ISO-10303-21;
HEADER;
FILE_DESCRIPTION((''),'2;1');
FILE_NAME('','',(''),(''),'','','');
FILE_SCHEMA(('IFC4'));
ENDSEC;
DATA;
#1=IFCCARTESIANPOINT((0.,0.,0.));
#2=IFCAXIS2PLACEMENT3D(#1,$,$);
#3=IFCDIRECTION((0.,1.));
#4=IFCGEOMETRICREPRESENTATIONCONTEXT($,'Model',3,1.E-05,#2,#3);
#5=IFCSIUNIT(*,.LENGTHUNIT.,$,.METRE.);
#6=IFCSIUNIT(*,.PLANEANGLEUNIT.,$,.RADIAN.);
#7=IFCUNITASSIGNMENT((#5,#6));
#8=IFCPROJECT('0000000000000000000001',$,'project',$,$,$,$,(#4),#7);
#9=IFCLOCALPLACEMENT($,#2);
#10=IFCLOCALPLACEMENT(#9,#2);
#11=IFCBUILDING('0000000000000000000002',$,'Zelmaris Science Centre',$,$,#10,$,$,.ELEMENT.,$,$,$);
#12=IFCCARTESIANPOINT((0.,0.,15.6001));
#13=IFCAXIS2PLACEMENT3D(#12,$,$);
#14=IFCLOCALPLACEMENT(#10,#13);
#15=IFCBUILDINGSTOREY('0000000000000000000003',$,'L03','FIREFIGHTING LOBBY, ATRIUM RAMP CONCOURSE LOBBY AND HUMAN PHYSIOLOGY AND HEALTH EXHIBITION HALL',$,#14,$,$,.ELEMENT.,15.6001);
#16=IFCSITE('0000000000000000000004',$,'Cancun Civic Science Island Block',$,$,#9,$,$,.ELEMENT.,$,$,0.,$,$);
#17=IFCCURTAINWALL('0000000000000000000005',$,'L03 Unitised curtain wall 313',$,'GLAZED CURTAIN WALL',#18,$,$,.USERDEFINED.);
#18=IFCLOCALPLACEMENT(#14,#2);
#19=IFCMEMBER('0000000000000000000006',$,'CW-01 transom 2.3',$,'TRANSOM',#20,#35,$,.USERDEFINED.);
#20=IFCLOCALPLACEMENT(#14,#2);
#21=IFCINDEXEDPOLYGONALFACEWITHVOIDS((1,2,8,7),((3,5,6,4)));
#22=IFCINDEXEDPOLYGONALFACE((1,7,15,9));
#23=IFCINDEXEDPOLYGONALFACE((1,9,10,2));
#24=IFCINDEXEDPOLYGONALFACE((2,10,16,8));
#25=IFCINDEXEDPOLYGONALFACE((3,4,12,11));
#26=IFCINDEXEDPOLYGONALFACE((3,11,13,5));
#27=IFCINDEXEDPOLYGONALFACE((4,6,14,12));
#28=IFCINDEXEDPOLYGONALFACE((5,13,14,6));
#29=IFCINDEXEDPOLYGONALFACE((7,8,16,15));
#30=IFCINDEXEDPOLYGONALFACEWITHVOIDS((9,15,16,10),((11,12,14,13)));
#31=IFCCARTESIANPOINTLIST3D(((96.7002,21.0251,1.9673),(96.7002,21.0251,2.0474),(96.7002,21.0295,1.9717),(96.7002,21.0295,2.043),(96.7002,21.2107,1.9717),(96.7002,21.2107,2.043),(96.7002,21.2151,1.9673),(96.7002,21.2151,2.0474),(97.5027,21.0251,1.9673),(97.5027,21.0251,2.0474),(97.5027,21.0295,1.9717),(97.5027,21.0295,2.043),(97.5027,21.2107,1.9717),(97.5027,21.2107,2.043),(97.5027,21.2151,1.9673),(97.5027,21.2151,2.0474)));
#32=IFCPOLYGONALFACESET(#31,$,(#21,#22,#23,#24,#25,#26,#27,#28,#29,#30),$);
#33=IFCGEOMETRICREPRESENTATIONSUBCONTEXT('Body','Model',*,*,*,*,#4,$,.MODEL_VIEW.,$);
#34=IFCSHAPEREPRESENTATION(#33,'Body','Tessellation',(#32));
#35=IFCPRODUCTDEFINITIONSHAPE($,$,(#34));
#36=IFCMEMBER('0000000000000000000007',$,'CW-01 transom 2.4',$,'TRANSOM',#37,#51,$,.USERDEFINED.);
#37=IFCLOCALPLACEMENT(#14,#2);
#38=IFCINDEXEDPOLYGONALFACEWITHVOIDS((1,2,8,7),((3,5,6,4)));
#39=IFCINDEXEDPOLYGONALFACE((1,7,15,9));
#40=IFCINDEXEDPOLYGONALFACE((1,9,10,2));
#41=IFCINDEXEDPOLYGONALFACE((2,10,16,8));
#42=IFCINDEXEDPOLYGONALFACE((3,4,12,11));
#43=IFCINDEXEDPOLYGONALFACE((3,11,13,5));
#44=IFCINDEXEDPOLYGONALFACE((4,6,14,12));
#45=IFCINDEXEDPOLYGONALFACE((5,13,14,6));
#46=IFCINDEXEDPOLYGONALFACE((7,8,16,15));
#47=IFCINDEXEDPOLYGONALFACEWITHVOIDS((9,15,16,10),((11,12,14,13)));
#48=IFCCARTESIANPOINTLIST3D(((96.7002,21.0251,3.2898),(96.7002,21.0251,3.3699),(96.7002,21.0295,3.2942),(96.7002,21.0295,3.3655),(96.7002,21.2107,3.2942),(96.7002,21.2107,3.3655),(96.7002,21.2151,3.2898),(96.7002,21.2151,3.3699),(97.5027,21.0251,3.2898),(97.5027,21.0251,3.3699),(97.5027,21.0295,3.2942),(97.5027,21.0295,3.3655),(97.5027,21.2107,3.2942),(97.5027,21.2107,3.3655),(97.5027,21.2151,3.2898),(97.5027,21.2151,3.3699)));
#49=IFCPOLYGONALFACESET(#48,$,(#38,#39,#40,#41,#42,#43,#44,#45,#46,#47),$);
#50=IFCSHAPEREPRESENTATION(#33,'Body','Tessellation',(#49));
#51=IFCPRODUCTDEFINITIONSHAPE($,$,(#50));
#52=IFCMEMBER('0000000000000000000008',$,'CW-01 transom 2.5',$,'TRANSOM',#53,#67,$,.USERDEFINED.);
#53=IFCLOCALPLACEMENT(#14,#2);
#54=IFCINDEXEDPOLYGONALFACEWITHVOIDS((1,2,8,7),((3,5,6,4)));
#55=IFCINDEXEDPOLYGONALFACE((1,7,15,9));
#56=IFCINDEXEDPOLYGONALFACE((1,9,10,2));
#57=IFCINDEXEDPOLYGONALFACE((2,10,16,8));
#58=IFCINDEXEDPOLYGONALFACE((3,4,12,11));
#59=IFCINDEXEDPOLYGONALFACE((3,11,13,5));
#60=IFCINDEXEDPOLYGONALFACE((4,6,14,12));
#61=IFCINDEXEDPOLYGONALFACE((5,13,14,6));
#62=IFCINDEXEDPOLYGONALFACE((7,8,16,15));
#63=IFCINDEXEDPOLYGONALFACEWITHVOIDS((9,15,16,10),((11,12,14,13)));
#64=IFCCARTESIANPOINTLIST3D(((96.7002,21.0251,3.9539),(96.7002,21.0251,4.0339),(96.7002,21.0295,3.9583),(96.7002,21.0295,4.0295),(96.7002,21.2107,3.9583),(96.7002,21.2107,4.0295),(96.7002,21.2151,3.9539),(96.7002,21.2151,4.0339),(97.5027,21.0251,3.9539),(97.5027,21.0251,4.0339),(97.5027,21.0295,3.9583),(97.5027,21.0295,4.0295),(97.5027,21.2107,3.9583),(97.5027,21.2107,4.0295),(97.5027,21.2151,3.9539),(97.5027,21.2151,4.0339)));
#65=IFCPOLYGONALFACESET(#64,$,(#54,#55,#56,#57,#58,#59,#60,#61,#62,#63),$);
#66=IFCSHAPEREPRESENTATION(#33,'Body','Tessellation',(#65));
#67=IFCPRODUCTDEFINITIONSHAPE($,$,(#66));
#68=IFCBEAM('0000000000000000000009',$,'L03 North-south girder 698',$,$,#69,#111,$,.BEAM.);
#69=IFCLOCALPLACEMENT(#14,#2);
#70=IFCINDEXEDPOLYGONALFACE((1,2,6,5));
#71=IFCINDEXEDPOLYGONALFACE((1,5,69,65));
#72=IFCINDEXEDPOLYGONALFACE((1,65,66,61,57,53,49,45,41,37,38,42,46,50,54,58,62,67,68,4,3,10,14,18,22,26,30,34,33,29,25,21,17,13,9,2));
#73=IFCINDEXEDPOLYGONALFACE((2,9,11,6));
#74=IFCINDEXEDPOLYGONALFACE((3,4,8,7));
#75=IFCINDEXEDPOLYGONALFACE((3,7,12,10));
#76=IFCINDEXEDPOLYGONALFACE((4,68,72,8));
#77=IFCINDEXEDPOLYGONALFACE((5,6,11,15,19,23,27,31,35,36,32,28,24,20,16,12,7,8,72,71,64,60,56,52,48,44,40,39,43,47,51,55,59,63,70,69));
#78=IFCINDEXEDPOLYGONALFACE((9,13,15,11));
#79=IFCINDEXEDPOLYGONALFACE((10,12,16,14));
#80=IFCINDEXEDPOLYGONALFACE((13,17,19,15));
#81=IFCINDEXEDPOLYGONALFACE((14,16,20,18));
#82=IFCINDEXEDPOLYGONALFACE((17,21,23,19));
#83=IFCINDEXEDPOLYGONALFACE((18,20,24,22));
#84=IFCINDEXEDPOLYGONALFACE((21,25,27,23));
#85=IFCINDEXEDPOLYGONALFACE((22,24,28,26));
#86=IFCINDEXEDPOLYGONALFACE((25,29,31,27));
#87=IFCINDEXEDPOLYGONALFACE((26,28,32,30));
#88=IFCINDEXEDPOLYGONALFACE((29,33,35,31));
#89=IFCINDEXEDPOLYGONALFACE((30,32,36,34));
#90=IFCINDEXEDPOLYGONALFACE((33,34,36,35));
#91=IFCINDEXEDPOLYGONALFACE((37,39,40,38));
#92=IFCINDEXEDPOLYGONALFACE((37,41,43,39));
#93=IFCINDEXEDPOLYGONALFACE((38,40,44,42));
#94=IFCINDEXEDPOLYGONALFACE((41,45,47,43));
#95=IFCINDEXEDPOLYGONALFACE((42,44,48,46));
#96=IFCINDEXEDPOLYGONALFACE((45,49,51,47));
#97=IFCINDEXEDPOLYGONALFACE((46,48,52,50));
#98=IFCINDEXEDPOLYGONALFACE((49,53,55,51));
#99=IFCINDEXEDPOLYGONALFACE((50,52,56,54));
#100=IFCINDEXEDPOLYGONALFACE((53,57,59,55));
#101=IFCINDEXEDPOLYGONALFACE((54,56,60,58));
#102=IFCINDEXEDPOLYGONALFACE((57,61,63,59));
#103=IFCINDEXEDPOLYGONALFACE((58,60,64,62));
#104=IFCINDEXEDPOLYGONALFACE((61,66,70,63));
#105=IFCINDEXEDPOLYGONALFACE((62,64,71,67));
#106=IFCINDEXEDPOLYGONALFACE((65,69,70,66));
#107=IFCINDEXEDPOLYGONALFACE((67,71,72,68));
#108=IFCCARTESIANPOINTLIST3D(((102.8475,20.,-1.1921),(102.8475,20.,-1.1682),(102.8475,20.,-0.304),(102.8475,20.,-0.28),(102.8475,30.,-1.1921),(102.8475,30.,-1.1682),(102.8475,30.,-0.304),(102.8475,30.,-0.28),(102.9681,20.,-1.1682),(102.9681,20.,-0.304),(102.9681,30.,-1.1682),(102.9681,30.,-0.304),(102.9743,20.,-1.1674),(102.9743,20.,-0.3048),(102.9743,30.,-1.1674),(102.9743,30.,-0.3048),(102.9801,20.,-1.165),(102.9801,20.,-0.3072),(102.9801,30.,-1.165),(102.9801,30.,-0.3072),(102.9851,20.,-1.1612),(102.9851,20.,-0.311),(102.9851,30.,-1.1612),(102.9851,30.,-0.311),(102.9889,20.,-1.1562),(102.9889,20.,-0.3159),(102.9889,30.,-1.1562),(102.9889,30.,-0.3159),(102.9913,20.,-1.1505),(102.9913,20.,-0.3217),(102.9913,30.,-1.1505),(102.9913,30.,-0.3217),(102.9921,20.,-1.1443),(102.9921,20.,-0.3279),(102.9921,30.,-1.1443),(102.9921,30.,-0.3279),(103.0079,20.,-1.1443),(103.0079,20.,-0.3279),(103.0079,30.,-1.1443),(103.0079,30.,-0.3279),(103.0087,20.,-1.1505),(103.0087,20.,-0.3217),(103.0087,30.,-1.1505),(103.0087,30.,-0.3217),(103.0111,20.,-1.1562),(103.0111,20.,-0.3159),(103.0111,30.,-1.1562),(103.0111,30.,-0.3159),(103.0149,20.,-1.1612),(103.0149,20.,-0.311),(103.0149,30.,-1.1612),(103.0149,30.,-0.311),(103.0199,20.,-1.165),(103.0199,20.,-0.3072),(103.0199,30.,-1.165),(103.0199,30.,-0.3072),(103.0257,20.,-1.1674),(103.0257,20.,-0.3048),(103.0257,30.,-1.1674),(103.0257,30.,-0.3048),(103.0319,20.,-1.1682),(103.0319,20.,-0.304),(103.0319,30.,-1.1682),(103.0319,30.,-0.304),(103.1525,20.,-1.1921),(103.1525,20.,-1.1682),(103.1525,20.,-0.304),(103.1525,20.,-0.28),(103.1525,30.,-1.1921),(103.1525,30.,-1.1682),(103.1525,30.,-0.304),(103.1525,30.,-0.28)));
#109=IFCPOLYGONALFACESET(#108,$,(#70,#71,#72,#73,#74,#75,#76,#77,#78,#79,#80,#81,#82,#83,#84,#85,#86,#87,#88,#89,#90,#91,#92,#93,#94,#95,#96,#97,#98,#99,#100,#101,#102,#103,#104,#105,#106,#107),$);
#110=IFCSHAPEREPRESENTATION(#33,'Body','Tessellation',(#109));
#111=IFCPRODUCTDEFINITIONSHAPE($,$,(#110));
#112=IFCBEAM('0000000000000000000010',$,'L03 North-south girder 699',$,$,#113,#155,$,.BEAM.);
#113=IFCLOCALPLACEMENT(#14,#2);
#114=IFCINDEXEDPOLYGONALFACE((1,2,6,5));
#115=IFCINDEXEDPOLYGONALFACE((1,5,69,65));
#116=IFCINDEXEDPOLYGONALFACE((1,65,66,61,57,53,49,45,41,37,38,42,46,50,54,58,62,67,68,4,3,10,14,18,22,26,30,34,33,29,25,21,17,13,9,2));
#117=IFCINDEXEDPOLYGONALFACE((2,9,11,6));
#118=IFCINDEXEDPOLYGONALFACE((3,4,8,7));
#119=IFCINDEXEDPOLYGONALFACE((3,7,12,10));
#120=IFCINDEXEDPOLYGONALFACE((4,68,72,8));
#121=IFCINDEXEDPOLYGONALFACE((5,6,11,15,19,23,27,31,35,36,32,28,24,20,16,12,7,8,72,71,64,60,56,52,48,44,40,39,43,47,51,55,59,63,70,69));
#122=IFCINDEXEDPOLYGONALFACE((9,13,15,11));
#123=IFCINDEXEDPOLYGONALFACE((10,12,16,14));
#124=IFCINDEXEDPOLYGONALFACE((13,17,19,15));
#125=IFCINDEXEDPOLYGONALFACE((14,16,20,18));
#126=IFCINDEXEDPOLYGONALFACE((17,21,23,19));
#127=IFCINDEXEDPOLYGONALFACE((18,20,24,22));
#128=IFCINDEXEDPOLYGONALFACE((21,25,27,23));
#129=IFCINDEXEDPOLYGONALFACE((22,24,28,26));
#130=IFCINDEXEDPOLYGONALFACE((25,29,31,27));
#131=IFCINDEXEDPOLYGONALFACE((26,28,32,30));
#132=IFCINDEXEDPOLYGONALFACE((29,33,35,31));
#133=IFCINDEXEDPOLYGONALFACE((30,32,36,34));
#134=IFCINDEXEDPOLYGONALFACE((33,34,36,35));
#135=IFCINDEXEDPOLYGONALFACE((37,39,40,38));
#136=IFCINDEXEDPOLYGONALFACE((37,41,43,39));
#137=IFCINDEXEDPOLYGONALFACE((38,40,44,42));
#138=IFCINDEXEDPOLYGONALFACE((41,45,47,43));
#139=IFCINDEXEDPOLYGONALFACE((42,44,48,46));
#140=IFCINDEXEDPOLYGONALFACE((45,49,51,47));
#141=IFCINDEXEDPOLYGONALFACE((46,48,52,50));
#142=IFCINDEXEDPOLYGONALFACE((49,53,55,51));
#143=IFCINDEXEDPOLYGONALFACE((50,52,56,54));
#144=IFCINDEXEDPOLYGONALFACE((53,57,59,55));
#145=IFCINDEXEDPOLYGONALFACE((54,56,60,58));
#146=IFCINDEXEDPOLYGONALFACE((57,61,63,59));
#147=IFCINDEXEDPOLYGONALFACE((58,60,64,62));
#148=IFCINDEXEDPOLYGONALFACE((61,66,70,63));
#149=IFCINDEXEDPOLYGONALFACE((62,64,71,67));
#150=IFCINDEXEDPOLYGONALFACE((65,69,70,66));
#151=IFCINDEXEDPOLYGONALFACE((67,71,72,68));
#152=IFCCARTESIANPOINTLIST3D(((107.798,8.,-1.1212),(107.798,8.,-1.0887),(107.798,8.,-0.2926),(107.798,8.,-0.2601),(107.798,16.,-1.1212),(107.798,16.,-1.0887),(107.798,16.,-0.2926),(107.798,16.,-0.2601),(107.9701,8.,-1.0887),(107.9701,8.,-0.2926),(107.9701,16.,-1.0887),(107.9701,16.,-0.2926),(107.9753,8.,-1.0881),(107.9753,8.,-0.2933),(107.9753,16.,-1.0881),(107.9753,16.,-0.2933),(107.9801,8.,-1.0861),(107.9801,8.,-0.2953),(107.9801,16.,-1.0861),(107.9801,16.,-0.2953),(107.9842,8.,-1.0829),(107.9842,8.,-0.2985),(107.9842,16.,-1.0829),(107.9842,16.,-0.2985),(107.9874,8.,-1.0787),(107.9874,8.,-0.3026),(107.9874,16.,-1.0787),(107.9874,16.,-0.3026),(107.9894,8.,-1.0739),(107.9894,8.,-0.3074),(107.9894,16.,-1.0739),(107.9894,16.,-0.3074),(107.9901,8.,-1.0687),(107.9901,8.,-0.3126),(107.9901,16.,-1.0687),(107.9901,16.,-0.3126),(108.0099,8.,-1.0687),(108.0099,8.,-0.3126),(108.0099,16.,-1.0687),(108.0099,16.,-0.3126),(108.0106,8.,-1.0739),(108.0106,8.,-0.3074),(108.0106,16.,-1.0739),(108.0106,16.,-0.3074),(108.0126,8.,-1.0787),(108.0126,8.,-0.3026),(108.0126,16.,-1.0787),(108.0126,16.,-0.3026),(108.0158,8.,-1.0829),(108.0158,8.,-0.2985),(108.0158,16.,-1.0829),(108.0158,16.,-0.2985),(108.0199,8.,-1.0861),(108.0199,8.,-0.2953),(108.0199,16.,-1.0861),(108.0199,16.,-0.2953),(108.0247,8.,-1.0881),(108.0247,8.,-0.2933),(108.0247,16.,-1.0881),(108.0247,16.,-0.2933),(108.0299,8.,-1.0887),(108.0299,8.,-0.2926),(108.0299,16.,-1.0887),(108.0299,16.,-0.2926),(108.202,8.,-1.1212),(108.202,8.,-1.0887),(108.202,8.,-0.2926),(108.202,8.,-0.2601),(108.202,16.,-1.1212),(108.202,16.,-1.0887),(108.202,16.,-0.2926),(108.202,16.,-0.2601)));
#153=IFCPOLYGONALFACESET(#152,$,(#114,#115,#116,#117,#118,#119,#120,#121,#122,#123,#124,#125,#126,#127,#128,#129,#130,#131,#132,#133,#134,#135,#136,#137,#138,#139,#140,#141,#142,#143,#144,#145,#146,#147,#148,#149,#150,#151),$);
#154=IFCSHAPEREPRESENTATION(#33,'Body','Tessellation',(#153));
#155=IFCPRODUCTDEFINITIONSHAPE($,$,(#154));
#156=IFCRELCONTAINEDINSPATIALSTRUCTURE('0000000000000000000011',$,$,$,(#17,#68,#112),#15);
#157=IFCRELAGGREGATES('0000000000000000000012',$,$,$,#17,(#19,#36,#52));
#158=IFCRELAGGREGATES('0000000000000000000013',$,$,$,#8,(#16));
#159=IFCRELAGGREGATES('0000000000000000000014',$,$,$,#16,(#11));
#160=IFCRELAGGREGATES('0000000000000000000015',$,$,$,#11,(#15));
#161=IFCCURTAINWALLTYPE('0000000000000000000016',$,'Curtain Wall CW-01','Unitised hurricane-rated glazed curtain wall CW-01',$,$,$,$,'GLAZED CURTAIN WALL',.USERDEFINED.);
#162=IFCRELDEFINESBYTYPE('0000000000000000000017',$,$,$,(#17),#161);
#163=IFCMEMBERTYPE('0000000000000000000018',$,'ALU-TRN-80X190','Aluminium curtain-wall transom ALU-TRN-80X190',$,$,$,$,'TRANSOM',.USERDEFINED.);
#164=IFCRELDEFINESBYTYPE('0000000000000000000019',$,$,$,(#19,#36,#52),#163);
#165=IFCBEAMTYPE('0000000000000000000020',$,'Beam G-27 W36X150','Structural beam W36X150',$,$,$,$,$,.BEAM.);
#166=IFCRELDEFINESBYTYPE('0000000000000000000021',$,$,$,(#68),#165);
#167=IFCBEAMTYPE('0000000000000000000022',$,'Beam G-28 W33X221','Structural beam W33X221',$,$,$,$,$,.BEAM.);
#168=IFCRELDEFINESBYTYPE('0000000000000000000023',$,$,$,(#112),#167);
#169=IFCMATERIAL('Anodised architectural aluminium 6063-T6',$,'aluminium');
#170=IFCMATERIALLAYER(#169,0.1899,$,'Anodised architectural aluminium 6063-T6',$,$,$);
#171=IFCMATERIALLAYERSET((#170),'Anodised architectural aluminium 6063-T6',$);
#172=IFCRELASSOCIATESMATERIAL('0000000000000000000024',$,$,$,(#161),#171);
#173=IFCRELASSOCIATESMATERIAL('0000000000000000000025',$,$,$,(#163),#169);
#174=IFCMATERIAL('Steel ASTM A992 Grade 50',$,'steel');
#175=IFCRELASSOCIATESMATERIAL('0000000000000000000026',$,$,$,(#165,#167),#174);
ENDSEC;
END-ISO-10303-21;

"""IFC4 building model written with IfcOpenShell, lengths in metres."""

from ifc_helpers import new_model, si_unit, direction, frame, origin, origin_2d, place, context, subcontext, project, spatial, hollow_rectangle, i_section, extrude, material, layer, layer_set, material_profile, profile_set, type_object, element, aggregate, save


model = new_model("IFC4")

# Units and contexts
model_context = context("Model", 3, precision=1e-05, world=origin(), true_north=direction((0.0, 1.0)))
body_context = subcontext(model_context, "Body", "Model", "MODEL_VIEW")
ifc_project = project(units=[si_unit("LENGTHUNIT", "METRE"), si_unit("PLANEANGLEUNIT", "RADIAN")], contexts=[model_context])

# Site, building, storey
site_placement = place(None, origin())
site = spatial("IfcSite", under=ifc_project, at=site_placement, Name="Cancun Civic Science Island Block", CompositionType="ELEMENT", RefElevation=0.0)
building_placement = place(site_placement, origin())
building = spatial("IfcBuilding", under=site, at=building_placement, Name="Zelmaris Science Centre", CompositionType="ELEMENT")
storey_placement = place(building_placement, frame((0.0, 0.0, 15.6001)))
storey = spatial("IfcBuildingStorey", under=building, at=storey_placement, Name="L03", Description="FIREFIGHTING LOBBY, ATRIUM RAMP CONCOURSE LOBBY AND HUMAN PHYSIOLOGY AND HEALTH EXHIBITION HALL", CompositionType="ELEMENT", Elevation=15.6001)

# Shared definitions
ifc_material_1 = material(Name="Steel ASTM A992 Grade 50", Category="steel")

# Shared definitions
ifc_material_2 = material(Name="Anodised architectural aluminium 6063-T6", Category="aluminium")

# Curtain wall
ifc_layer_1 = layer(ifc_material_2, 0.1899, Name="Anodised architectural aluminium 6063-T6")
ifc_layer_set_1 = layer_set([ifc_layer_1], Name="Anodised architectural aluminium 6063-T6")
curtain_wall_type_1 = type_object("IfcCurtainWallType", Name="Curtain Wall CW-01", Description="Unitised hurricane-rated glazed curtain wall CW-01", ElementType="GLAZED CURTAIN WALL", PredefinedType="USERDEFINED", material=ifc_layer_set_1)
curtain_wall_1_placement = place(storey_placement, origin())
curtain_wall_1 = element("IfcCurtainWall", 1, at=curtain_wall_1_placement, inside=storey, type_object=curtain_wall_type_1, Name="L03 Unitised curtain wall 313", ObjectType="GLAZED CURTAIN WALL", PredefinedType="USERDEFINED")

# Members
ifc_material_profile_1 = material_profile(ifc_material_2, hollow_rectangle(XDim=0.0801, YDim=0.1899, WallThickness=0.0044, at=origin_2d()), Name="ALU-TRN-80X190")
ifc_profile_set_1 = profile_set([ifc_material_profile_1], Name="Anodised architectural aluminium 6063-T6")
member_type_1 = type_object("IfcMemberType", Name="ALU-TRN-80X190", Description="Aluminium curtain-wall transom ALU-TRN-80X190", ElementType="TRANSOM", PredefinedType="USERDEFINED", material=ifc_profile_set_1)
member_1_placement = place(storey_placement, frame((97.5027, 21.1201, 2.0073), z_axis=(-1.0, 0.0, 0.0), x_axis=(0.0, 0.0, 1.0)))
member_1 = element("IfcMember", 2, at=member_1_placement, type_object=member_type_1, Name="CW-01 transom 2.3", ObjectType="TRANSOM", PredefinedType="USERDEFINED", context=body_context, shape_type="SweptSolid", body=[
    extrude(hollow_rectangle(XDim=0.0801, YDim=0.1899, WallThickness=0.0044, at=origin_2d()), origin(), (0.0, 0.0, 1.0), 0.8025),
])
member_2_placement = place(storey_placement, frame((97.5027, 21.1201, 3.3298), z_axis=(-1.0, 0.0, 0.0), x_axis=(0.0, 0.0, 1.0)))
member_2 = element("IfcMember", 3, at=member_2_placement, type_object=member_type_1, Name="CW-01 transom 2.4", ObjectType="TRANSOM", PredefinedType="USERDEFINED", context=body_context, shape_type="SweptSolid", body=[
    extrude(hollow_rectangle(XDim=0.0801, YDim=0.1899, WallThickness=0.0044, at=origin_2d()), origin(), (0.0, 0.0, 1.0), 0.8025),
])
member_3_placement = place(storey_placement, frame((97.5027, 21.1201, 3.9939), z_axis=(-1.0, 0.0, 0.0), x_axis=(0.0, 0.0, 1.0)))
member_3 = element("IfcMember", 4, at=member_3_placement, type_object=member_type_1, Name="CW-01 transom 2.5", ObjectType="TRANSOM", PredefinedType="USERDEFINED", context=body_context, shape_type="SweptSolid", body=[
    extrude(hollow_rectangle(XDim=0.0801, YDim=0.1899, WallThickness=0.0044, at=origin_2d()), origin(), (0.0, 0.0, 1.0), 0.8025),
])

# Beams
ifc_material_profile_2 = material_profile(ifc_material_1, i_section(OverallWidth=0.3049, OverallDepth=0.9121, WebThickness=0.0159, FlangeThickness=0.0239, FilletRadius=0.0239, at=origin_2d()), Name="W36X150")
ifc_profile_set_2 = profile_set([ifc_material_profile_2], Name="Steel ASTM A992 Grade 50")
beam_type_1 = type_object("IfcBeamType", Name="Beam G-27 W36X150", Description="Structural beam W36X150", PredefinedType="BEAM", material=ifc_profile_set_2)
beam_1_placement = place(storey_placement, frame((103.0, 20.0, -0.7361), z_axis=(0.0, 1.0, 0.0), x_axis=(-1.0, 0.0, 0.0)))
element("IfcBeam", 5, at=beam_1_placement, inside=storey, type_object=beam_type_1, Name="L03 North-south girder 698", PredefinedType="BEAM", context=body_context, shape_type="SweptSolid", body=[
    extrude(i_section(OverallWidth=0.3049, OverallDepth=0.9121, WebThickness=0.0159, FlangeThickness=0.0239, FilletRadius=0.0239, at=origin_2d()), origin(), (0.0, 0.0, 1.0), 10.0),
])
ifc_material_profile_3 = material_profile(ifc_material_1, i_section(OverallWidth=0.4041, OverallDepth=0.8611, WebThickness=0.0198, FlangeThickness=0.0325, FilletRadius=0.02, at=origin_2d()), Name="W33X221")
ifc_profile_set_3 = profile_set([ifc_material_profile_3], Name="Steel ASTM A992 Grade 50")
beam_type_2 = type_object("IfcBeamType", Name="Beam G-28 W33X221", Description="Structural beam W33X221", PredefinedType="BEAM", material=ifc_profile_set_3)
beam_2_placement = place(storey_placement, frame((108.0, 8.0, -0.6907), z_axis=(0.0, 1.0, 0.0), x_axis=(-1.0, 0.0, 0.0)))
element("IfcBeam", 6, at=beam_2_placement, inside=storey, type_object=beam_type_2, Name="L03 North-south girder 699", PredefinedType="BEAM", context=body_context, shape_type="SweptSolid", body=[
    extrude(i_section(OverallWidth=0.4041, OverallDepth=0.8611, WebThickness=0.0198, FlangeThickness=0.0325, FilletRadius=0.02, at=origin_2d()), origin(), (0.0, 0.0, 1.0), 8.0),
])

aggregate(curtain_wall_1, [member_1, member_2, member_3])

save(model, "model.ifc")
